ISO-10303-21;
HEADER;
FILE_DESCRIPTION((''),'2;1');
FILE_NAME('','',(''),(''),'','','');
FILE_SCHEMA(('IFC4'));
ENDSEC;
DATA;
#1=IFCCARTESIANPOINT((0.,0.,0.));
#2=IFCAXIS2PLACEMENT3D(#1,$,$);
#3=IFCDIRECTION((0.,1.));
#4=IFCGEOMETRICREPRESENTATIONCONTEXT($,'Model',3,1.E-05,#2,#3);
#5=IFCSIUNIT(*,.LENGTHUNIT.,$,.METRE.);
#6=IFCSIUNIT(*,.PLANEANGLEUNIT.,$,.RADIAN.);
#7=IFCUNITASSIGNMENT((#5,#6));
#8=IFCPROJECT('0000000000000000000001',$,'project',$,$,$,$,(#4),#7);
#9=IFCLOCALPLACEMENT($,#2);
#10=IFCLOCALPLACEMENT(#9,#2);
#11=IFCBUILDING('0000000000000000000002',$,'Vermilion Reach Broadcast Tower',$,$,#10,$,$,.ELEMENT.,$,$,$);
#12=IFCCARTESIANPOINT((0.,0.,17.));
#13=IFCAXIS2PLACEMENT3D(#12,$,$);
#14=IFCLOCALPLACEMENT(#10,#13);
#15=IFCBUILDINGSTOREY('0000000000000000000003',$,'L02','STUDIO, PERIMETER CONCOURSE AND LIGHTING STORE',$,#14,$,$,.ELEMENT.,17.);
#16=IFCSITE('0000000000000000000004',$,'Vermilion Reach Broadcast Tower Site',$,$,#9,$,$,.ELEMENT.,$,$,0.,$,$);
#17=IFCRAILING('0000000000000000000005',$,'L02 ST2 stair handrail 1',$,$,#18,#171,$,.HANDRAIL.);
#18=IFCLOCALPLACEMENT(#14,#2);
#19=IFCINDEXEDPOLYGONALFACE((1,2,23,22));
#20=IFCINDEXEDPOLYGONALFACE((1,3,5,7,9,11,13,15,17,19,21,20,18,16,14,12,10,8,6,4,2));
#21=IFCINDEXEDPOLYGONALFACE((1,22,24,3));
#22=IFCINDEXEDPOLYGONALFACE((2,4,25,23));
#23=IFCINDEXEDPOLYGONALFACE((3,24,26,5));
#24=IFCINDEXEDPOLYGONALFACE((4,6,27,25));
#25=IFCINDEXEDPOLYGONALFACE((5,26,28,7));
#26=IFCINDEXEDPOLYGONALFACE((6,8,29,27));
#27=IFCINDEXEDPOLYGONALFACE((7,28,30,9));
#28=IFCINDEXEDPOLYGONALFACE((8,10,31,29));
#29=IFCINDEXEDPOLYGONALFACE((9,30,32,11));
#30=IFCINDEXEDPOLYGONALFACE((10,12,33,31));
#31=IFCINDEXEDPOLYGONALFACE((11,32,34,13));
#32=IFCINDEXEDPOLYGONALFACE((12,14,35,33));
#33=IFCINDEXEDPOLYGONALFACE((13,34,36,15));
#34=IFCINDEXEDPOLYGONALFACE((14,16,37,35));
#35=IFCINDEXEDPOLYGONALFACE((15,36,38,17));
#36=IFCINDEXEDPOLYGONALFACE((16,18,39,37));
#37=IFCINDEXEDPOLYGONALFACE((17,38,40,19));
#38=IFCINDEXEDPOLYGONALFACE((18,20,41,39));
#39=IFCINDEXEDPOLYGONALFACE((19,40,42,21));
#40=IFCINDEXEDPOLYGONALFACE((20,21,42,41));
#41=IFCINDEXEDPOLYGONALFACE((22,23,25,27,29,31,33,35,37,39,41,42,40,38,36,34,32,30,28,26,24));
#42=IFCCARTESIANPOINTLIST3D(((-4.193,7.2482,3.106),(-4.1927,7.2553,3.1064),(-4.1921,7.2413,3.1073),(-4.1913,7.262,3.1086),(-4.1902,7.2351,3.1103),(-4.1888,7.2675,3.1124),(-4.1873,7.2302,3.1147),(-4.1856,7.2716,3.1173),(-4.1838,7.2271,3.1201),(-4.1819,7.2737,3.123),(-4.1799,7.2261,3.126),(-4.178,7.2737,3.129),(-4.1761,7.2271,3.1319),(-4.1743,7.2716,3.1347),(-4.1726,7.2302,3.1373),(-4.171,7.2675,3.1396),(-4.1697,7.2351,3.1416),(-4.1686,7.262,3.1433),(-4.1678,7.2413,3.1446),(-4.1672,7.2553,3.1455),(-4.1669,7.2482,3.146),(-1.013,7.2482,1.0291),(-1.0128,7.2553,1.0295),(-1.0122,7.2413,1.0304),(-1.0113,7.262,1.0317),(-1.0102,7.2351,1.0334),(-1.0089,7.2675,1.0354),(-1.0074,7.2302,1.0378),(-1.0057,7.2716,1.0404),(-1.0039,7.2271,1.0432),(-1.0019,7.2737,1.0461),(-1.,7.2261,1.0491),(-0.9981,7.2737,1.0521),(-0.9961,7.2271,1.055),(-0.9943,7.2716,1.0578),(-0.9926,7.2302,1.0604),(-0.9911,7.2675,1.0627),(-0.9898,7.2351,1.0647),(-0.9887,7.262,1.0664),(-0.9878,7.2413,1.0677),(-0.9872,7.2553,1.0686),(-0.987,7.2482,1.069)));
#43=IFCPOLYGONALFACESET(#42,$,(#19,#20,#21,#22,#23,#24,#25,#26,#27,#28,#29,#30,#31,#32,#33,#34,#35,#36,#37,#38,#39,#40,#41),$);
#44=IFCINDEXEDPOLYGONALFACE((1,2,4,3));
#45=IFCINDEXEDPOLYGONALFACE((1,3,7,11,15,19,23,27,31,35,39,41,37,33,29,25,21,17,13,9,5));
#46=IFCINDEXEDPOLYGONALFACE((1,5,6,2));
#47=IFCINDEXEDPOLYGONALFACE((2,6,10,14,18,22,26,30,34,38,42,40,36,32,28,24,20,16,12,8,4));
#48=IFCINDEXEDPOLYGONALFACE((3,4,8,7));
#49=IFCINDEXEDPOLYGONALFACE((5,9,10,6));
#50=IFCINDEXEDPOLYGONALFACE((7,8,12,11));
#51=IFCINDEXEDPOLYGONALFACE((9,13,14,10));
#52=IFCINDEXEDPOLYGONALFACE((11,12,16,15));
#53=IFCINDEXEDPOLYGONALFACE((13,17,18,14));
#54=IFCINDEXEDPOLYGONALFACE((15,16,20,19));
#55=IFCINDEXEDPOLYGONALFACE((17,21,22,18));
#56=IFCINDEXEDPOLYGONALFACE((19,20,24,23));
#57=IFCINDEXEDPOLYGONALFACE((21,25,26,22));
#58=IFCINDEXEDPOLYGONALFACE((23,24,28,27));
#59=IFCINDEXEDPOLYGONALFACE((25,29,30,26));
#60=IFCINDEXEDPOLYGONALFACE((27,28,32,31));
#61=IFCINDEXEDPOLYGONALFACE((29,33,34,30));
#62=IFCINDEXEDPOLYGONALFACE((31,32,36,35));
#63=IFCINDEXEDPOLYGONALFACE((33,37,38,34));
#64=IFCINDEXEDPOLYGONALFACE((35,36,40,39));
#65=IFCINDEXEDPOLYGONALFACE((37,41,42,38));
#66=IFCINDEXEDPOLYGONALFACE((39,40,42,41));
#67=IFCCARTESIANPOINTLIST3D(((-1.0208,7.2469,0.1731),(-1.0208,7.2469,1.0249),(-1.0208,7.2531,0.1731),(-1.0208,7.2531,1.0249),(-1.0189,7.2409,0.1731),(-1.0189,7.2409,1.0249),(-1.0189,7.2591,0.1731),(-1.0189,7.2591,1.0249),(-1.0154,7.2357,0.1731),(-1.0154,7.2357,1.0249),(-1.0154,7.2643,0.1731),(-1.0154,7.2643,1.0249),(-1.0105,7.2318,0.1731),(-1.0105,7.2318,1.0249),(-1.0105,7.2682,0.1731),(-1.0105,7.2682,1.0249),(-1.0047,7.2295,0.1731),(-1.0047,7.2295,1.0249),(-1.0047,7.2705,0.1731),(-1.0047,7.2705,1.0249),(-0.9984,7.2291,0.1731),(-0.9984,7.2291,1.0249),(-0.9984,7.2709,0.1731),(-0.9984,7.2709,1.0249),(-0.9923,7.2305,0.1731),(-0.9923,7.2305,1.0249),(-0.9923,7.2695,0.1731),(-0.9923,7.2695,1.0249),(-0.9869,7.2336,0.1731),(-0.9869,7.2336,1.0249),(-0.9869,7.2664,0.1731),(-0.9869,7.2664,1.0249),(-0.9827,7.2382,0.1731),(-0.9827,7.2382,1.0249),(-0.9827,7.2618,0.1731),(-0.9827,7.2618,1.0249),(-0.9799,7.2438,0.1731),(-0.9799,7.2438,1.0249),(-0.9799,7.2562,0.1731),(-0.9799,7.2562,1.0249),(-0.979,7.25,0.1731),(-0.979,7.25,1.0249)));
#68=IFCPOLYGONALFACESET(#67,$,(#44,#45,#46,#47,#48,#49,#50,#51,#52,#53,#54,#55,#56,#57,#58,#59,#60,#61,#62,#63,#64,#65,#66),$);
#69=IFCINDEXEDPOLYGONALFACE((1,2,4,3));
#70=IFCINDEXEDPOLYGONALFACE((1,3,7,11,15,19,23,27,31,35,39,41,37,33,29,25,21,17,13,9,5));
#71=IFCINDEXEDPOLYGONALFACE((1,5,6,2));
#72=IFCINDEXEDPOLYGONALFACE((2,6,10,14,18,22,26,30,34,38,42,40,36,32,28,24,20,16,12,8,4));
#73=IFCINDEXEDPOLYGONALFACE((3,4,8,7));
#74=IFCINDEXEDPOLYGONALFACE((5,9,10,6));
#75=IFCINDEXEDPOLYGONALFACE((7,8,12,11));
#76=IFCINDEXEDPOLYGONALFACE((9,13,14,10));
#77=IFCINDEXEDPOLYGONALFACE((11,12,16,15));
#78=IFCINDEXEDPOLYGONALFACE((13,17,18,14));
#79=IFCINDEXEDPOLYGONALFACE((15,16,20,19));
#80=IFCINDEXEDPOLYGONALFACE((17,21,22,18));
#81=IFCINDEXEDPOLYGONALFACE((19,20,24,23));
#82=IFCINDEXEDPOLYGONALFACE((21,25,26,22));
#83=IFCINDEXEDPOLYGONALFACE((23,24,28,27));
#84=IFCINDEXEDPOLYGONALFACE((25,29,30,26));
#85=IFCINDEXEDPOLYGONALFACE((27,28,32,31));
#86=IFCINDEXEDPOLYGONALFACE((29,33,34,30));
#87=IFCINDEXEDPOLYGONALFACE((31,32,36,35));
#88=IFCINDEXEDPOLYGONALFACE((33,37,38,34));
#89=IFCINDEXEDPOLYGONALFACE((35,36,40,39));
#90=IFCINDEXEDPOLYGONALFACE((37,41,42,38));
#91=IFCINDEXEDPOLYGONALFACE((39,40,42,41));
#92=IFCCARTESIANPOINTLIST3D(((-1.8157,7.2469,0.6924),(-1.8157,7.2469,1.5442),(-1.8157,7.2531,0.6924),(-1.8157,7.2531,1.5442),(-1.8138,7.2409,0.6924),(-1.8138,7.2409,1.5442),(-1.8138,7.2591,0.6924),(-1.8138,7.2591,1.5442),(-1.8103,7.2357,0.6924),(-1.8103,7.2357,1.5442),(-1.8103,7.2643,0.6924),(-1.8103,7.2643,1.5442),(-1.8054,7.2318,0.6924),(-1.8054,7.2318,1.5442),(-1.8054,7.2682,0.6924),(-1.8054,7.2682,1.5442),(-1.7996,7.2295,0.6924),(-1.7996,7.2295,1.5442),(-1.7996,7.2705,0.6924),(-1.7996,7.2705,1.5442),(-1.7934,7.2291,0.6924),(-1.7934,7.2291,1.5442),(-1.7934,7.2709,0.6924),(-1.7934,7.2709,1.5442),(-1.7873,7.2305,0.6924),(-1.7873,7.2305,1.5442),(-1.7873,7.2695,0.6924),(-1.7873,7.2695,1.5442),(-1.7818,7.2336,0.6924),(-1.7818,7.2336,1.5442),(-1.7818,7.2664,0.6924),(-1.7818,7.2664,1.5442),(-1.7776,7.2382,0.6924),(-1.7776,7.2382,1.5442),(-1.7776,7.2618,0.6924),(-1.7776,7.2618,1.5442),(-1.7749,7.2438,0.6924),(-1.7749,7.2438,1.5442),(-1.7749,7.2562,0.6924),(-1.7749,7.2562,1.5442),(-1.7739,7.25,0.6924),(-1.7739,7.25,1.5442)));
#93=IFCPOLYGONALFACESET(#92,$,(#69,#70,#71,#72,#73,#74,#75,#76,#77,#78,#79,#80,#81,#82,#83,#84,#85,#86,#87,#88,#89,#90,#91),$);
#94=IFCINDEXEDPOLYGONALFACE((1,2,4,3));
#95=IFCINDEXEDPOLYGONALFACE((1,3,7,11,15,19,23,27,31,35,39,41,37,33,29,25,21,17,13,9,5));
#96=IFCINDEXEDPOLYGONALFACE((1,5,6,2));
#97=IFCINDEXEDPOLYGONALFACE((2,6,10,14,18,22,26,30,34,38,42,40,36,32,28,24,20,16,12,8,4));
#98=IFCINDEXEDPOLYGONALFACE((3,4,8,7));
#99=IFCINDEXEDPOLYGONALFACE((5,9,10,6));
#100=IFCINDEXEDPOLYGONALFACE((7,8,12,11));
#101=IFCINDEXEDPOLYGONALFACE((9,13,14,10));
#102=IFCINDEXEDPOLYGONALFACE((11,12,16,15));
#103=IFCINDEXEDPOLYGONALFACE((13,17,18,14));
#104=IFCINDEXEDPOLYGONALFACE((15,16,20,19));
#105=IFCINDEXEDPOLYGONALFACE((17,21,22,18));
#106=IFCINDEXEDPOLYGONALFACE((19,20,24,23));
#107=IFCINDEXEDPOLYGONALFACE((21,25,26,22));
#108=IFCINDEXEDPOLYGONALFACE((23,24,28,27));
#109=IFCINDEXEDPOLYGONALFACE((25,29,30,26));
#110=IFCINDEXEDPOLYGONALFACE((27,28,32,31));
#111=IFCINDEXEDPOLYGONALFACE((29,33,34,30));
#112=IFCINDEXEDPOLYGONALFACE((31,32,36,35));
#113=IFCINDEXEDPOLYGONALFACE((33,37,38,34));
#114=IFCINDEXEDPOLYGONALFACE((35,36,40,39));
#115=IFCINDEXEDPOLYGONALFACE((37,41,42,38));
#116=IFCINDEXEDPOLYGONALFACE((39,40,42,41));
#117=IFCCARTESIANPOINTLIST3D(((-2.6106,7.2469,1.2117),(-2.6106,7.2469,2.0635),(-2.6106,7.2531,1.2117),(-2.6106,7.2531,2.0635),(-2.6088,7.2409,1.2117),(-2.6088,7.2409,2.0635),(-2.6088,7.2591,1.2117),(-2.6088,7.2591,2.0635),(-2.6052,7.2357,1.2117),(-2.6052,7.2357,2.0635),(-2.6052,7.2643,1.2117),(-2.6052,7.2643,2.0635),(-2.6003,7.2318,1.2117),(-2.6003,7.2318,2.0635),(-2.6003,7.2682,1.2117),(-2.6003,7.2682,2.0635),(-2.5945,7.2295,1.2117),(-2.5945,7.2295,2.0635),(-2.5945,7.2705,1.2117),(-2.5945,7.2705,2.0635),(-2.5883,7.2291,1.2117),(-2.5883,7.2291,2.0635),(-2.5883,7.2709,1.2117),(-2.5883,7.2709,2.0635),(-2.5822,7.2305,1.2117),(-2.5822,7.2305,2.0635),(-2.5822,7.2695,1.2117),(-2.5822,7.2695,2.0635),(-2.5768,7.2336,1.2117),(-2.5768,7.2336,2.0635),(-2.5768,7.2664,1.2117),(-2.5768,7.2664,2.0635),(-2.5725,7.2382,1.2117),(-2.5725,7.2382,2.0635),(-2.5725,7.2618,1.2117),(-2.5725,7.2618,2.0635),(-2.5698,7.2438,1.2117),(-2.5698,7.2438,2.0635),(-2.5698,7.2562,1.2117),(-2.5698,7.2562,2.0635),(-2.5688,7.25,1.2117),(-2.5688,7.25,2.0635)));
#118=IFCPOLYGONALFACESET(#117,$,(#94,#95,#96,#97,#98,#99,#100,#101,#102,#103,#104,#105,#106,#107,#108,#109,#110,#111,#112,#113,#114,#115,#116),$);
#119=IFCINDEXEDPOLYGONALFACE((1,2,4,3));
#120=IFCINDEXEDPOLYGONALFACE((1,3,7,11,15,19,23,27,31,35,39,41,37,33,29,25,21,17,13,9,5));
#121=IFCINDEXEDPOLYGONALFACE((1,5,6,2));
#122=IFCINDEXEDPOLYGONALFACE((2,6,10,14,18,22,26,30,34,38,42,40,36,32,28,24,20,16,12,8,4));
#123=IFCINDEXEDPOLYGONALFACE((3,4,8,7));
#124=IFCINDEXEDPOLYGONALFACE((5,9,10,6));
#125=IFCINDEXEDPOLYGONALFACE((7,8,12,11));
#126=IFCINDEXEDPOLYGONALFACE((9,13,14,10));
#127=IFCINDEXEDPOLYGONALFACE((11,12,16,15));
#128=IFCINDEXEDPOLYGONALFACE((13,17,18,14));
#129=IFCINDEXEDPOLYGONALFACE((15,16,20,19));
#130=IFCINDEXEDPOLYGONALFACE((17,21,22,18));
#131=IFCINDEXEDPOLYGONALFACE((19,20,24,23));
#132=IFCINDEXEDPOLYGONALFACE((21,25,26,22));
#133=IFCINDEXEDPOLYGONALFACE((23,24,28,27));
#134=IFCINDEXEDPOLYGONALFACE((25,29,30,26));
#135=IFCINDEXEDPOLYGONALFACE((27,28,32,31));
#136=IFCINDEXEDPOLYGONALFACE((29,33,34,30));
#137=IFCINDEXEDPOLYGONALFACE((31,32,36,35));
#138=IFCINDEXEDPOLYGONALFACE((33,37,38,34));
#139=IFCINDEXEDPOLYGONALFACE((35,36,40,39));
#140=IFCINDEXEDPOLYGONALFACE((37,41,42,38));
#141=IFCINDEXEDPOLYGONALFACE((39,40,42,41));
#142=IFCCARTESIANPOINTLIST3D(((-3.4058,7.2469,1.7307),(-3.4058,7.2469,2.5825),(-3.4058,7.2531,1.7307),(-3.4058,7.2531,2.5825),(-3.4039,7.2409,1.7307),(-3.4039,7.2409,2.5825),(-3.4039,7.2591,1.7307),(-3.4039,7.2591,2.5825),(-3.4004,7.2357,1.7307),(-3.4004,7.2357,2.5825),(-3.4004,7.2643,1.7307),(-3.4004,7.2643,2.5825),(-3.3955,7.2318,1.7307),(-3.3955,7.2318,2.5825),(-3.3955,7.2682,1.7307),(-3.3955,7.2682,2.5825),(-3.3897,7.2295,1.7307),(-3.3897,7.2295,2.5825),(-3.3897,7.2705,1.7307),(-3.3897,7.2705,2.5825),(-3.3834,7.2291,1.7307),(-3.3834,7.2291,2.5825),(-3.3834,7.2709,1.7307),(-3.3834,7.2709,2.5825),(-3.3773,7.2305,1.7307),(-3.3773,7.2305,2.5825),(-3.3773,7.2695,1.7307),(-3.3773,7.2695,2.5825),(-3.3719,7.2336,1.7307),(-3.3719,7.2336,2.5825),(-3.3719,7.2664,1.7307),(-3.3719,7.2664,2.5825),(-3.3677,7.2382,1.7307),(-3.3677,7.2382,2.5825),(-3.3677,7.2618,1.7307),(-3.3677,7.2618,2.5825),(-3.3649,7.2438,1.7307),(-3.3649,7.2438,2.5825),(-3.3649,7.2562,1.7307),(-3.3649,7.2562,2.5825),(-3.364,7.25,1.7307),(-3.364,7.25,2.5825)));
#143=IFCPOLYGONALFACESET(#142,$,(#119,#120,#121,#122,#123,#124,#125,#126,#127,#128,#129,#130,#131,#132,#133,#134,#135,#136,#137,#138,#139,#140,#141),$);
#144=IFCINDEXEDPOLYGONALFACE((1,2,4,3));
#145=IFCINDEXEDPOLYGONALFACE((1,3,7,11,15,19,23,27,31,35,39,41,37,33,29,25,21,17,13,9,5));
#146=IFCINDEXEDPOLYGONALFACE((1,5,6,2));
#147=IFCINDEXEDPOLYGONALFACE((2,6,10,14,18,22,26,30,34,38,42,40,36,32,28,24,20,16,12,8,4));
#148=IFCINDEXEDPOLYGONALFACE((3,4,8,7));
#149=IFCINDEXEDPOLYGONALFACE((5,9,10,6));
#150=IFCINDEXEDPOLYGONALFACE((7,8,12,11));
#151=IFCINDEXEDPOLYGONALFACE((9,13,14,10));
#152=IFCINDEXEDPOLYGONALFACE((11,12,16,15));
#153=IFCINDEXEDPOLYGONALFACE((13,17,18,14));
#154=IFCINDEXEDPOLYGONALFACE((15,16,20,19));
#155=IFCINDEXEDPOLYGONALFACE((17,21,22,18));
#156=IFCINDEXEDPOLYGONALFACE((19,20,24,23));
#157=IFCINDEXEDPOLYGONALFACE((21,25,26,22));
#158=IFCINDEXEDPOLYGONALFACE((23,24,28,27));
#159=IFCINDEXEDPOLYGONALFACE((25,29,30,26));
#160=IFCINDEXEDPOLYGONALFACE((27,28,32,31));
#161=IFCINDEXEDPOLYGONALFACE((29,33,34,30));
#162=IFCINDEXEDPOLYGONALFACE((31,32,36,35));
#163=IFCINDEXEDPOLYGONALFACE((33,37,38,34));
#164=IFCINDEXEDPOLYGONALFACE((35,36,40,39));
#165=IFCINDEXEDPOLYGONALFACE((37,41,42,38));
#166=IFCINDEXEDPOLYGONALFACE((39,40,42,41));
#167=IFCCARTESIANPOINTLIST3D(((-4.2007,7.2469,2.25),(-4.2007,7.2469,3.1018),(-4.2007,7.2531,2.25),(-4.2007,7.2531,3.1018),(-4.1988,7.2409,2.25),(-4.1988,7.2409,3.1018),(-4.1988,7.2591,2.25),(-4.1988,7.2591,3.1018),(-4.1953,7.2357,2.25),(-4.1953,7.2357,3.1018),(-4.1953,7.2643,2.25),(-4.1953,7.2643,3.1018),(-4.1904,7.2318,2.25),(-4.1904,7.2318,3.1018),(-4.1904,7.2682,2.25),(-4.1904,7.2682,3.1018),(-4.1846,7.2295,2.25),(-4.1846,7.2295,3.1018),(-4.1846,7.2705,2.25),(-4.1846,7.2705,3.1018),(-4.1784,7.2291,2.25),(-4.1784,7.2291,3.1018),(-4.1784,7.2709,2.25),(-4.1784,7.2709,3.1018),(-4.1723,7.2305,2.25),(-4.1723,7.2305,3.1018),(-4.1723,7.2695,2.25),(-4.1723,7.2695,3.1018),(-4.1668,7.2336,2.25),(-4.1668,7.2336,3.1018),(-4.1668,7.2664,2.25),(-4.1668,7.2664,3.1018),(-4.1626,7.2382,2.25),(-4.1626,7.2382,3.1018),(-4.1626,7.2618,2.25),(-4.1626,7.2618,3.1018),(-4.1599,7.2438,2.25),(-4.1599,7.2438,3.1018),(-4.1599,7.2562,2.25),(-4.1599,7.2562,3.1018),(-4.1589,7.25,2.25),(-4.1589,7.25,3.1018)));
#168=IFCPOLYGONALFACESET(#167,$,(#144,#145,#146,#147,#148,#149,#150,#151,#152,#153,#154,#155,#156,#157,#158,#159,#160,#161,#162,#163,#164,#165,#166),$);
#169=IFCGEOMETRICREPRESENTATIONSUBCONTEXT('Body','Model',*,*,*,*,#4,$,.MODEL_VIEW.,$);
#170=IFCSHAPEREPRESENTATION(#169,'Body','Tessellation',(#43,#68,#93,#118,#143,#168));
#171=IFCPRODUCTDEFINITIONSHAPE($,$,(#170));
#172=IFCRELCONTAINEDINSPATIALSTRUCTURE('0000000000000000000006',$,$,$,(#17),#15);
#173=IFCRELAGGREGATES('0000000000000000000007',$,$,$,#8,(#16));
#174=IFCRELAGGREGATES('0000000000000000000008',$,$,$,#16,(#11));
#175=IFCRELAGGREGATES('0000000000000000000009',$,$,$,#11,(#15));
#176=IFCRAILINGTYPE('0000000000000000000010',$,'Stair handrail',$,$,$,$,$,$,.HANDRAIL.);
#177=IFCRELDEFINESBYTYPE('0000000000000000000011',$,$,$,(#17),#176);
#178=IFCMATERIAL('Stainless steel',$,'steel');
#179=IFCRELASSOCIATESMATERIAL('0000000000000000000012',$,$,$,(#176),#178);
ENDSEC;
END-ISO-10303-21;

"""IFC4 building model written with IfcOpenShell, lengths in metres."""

from ifc_helpers import new_model, si_unit, direction, frame, origin, origin_2d, place, context, subcontext, project, spatial, circle, extrude, material, type_object, element, save


model = new_model("IFC4")

# Units and contexts
model_context = context("Model", 3, precision=1e-05, world=origin(), true_north=direction((0.0, 1.0)))
body_context = subcontext(model_context, "Body", "Model", "MODEL_VIEW")
ifc_project = project(units=[si_unit("LENGTHUNIT", "METRE"), si_unit("PLANEANGLEUNIT", "RADIAN")], contexts=[model_context])

# Site, building, storey
site_placement = place(None, origin())
site = spatial("IfcSite", under=ifc_project, at=site_placement, Name="Vermilion Reach Broadcast Tower Site", CompositionType="ELEMENT", RefElevation=0.0)
building_placement = place(site_placement, origin())
building = spatial("IfcBuilding", under=site, at=building_placement, Name="Vermilion Reach Broadcast Tower", CompositionType="ELEMENT")
storey_placement = place(building_placement, frame((0.0, 0.0, 17.0)))
storey = spatial("IfcBuildingStorey", under=building, at=storey_placement, Name="L02", Description="STUDIO, PERIMETER CONCOURSE AND LIGHTING STORE", CompositionType="ELEMENT", Elevation=17.0)

# Railing
ifc_material_1 = material(Name="Stainless steel", Category="steel")
railing_type_1 = type_object("IfcRailingType", Name="Stair handrail", PredefinedType="HANDRAIL", material=ifc_material_1)
for number, where, name in (
    (1, (-1.0, 7.25, 0.1731), "L02 ST2 stair handrail 1"),
):
    element("IfcRailing", number, at=place(storey_placement, frame(where)), inside=storey, type_object=railing_type_1, Name=name, PredefinedType="HANDRAIL", context=body_context, shape_type="SweptSolid", body=[
        extrude(circle(Radius=0.0239, at=origin_2d()), frame((0.0, 0.0, 0.876), z_axis=(-0.837245, 0.0, 0.546828), x_axis=(0.0, -1.0, 0.0)), (0.0, 0.0, 1.0), 3.7981),
        extrude(circle(Radius=0.021, at=origin_2d()), origin(), (0.0, 0.0, 1.0), 0.8518),
        extrude(circle(Radius=0.021, at=origin_2d()), frame((-0.7949, 0.0, 0.5193)), (0.0, 0.0, 1.0), 0.8518),
        extrude(circle(Radius=0.021, at=origin_2d()), frame((-1.5898, 0.0, 1.0386)), (0.0, 0.0, 1.0), 0.8518),
        extrude(circle(Radius=0.021, at=origin_2d()), frame((-2.385, 0.0, 1.5576)), (0.0, 0.0, 1.0), 0.8518),
        extrude(circle(Radius=0.021, at=origin_2d()), frame((-3.1799, 0.0, 2.0769)), (0.0, 0.0, 1.0), 0.8518),
    ])

save(model, "model.ifc")
